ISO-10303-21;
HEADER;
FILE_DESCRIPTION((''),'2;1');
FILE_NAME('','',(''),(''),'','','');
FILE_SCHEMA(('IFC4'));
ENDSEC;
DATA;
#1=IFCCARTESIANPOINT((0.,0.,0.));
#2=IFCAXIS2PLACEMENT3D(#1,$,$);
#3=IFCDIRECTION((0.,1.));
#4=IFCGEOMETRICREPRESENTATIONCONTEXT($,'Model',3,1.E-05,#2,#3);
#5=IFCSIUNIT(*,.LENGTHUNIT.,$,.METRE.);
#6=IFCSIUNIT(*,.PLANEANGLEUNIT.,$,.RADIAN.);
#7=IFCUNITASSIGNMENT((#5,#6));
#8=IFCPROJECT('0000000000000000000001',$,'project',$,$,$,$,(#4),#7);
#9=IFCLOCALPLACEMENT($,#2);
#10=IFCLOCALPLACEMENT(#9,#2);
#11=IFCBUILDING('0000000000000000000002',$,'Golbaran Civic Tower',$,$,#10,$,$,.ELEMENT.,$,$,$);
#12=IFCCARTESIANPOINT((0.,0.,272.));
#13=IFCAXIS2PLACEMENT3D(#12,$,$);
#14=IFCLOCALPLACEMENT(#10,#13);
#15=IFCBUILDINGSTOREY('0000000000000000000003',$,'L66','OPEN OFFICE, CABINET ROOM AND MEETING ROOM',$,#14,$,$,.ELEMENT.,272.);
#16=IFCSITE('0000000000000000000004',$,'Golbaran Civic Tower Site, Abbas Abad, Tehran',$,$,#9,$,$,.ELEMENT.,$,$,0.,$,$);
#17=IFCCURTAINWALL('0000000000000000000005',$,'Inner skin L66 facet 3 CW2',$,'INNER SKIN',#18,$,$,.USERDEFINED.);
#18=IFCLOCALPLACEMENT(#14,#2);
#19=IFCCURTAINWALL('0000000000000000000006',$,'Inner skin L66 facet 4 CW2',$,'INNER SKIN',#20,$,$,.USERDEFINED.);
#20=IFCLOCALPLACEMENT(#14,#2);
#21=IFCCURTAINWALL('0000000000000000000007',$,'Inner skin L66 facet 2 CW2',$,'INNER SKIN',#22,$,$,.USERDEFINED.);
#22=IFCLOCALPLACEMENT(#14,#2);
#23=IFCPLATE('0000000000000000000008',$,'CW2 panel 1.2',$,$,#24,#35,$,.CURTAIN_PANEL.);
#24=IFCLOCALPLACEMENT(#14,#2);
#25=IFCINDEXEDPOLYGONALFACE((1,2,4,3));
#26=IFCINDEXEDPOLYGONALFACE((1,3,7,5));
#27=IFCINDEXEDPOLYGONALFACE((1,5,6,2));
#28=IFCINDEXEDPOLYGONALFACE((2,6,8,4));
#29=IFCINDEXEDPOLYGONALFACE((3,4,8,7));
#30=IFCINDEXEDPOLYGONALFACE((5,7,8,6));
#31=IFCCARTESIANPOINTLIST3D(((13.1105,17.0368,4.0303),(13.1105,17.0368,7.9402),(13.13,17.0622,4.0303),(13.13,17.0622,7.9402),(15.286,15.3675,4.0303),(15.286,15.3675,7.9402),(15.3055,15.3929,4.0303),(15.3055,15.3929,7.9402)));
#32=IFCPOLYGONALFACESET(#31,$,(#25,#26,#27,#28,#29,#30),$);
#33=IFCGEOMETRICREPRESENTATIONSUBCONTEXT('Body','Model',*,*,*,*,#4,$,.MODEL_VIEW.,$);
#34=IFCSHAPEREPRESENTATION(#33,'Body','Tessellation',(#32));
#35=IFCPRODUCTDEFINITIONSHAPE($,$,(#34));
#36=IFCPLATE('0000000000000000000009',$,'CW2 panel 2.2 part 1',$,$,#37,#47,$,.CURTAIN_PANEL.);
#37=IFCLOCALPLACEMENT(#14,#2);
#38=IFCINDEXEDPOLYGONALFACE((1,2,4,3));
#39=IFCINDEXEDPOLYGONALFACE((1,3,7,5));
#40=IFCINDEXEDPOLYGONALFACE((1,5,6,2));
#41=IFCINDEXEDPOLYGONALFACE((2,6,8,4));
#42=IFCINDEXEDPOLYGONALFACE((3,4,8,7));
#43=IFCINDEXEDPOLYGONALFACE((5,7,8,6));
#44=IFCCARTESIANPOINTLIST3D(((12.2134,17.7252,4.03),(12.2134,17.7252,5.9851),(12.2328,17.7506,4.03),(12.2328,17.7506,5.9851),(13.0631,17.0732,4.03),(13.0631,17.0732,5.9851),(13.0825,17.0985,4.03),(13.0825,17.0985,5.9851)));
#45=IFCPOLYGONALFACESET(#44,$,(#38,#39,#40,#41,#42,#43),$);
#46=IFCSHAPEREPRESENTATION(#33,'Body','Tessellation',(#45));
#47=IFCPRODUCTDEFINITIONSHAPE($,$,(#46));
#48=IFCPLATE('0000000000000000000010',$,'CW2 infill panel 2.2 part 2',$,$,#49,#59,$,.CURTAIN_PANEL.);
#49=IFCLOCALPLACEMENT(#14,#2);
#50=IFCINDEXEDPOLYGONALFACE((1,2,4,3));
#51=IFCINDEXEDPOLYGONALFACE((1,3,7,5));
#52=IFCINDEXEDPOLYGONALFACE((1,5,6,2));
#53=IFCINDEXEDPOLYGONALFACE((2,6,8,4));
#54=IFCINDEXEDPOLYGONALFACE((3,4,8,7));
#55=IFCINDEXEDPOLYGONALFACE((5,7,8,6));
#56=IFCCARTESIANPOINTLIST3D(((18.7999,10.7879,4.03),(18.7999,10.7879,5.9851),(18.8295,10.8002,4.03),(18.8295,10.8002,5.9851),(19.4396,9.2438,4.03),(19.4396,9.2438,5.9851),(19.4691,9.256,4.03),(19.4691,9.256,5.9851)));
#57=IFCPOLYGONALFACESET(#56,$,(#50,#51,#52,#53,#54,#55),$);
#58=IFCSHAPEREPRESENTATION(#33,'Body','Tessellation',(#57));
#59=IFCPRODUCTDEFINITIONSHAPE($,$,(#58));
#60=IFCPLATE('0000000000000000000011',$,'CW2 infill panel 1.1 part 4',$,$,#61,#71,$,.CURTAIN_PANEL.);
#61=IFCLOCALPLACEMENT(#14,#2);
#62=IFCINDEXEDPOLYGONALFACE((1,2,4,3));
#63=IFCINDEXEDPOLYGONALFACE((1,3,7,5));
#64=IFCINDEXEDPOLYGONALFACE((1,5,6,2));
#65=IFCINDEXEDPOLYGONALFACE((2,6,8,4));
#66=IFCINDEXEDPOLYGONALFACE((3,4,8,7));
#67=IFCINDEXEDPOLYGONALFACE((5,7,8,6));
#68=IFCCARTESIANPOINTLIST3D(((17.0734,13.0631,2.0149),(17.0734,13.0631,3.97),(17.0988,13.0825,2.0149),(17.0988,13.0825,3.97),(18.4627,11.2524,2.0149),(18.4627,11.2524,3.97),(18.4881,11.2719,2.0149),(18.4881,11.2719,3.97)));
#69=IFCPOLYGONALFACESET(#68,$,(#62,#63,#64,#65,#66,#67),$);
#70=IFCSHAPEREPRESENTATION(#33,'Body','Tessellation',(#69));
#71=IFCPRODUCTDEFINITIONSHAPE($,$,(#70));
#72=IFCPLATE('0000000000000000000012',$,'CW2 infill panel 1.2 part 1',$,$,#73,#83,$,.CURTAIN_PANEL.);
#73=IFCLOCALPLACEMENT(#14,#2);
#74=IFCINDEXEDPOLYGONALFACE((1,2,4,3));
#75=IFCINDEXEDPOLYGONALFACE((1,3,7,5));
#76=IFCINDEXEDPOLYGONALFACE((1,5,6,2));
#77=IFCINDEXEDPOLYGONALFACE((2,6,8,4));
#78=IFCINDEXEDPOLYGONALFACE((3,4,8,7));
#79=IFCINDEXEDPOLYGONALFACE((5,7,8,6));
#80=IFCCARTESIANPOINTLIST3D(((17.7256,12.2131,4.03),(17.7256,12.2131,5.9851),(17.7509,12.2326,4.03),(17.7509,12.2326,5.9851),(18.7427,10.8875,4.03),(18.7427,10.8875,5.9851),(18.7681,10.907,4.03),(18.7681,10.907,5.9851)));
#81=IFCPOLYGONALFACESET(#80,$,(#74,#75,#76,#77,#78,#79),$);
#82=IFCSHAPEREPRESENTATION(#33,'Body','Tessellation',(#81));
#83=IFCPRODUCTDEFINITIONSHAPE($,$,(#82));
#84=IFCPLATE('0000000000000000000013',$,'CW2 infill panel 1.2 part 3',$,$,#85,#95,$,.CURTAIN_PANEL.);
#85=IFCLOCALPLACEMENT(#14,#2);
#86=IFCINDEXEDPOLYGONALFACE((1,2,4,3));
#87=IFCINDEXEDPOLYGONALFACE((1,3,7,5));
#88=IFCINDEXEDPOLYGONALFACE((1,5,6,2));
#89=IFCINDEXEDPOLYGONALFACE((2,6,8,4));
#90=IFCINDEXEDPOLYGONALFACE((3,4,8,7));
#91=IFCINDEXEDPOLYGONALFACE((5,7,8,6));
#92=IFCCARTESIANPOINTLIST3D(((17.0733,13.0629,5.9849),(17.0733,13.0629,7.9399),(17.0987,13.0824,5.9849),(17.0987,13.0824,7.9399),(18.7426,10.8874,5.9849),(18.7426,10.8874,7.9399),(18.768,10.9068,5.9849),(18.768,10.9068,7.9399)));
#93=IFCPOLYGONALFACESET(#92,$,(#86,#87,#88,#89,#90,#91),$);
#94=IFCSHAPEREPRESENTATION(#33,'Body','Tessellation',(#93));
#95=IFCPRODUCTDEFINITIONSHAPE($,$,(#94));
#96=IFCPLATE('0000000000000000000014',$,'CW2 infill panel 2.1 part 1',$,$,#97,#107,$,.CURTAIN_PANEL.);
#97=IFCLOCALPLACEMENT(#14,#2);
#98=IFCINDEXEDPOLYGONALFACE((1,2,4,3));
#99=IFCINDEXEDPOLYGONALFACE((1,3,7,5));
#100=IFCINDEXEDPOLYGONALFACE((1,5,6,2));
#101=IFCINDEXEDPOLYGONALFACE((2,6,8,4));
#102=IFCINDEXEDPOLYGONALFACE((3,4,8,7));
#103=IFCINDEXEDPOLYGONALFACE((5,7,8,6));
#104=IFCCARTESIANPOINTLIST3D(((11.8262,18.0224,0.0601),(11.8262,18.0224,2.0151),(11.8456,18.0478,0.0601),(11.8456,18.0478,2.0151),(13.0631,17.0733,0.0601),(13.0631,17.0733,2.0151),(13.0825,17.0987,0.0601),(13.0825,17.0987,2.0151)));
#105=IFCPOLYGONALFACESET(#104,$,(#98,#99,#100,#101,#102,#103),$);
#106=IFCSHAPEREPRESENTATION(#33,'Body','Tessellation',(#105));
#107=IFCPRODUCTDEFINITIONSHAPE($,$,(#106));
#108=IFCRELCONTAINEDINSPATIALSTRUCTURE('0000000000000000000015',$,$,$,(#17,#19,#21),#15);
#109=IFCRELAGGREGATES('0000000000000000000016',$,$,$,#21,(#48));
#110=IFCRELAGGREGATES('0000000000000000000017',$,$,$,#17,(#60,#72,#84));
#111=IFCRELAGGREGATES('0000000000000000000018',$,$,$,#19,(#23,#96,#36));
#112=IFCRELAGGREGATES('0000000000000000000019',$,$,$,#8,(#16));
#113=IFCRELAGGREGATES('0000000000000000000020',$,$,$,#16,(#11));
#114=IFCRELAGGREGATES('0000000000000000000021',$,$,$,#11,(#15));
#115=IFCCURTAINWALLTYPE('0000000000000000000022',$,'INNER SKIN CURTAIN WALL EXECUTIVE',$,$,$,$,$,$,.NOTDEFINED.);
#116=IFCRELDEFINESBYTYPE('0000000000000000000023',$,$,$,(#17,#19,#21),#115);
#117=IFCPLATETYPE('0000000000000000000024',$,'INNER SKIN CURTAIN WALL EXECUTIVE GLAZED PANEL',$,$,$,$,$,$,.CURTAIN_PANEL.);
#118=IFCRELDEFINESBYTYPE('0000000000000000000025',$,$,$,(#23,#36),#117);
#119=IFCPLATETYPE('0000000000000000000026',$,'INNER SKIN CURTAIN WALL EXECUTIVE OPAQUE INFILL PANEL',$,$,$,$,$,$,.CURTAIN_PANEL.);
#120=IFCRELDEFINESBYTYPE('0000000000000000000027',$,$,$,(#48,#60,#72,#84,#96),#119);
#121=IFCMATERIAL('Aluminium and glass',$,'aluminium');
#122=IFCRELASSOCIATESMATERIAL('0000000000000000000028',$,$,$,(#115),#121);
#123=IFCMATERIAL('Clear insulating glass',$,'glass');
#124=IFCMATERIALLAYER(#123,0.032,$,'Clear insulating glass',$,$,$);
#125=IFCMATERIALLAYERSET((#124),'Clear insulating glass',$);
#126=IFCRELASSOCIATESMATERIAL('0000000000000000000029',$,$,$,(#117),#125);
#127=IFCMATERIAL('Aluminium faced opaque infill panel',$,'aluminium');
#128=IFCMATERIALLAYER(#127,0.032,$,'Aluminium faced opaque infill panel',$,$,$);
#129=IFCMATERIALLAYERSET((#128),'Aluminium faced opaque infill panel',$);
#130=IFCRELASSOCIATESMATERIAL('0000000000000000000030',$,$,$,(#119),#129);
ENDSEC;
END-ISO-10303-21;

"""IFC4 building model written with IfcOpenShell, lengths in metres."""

from ifc_helpers import new_model, si_unit, direction, frame, origin, origin_2d, place, context, subcontext, project, spatial, rectangle, extrude, material, layer, layer_set, type_object, element, aggregate, save


model = new_model("IFC4")

# Units and contexts
model_context = context("Model", 3, precision=1e-05, world=origin(), true_north=direction((0.0, 1.0)))
body_context = subcontext(model_context, "Body", "Model", "MODEL_VIEW")
ifc_project = project(units=[si_unit("LENGTHUNIT", "METRE"), si_unit("PLANEANGLEUNIT", "RADIAN")], contexts=[model_context])

# Site, building, storey
site_placement = place(None, origin())
site = spatial("IfcSite", under=ifc_project, at=site_placement, Name="Golbaran Civic Tower Site, Abbas Abad, Tehran", CompositionType="ELEMENT", RefElevation=0.0)
building_placement = place(site_placement, origin())
building = spatial("IfcBuilding", under=site, at=building_placement, Name="Golbaran Civic Tower", CompositionType="ELEMENT")
storey_placement = place(building_placement, frame((0.0, 0.0, 272.0)))
storey = spatial("IfcBuildingStorey", under=building, at=storey_placement, Name="L66", Description="OPEN OFFICE, CABINET ROOM AND MEETING ROOM", CompositionType="ELEMENT", Elevation=272.0)

# Curtain walls
ifc_material_1 = material(Name="Aluminium and glass", Category="aluminium")
curtain_wall_type = type_object("IfcCurtainWallType", Name="INNER SKIN CURTAIN WALL EXECUTIVE", PredefinedType="NOTDEFINED", material=ifc_material_1)
curtain_wall_1_placement = place(storey_placement, origin())
curtain_wall_1 = element("IfcCurtainWall", 1, at=curtain_wall_1_placement, inside=storey, type_object=curtain_wall_type, Name="Inner skin L66 facet 3 CW2", ObjectType="INNER SKIN", PredefinedType="USERDEFINED")
curtain_wall_2_placement = place(storey_placement, origin())
curtain_wall_2 = element("IfcCurtainWall", 2, at=curtain_wall_2_placement, inside=storey, type_object=curtain_wall_type, Name="Inner skin L66 facet 4 CW2", ObjectType="INNER SKIN", PredefinedType="USERDEFINED")

# Curtain wall
curtain_wall_3_placement = place(storey_placement, origin())
curtain_wall_3 = element("IfcCurtainWall", 3, at=curtain_wall_3_placement, inside=storey, type_object=curtain_wall_type, Name="Inner skin L66 facet 2 CW2", ObjectType="INNER SKIN", PredefinedType="USERDEFINED")
ifc_material_2 = material(Name="Clear insulating glass", Category="glass")
ifc_layer_1 = layer(ifc_material_2, 0.032, Name="Clear insulating glass")
ifc_layer_set_1 = layer_set([ifc_layer_1], Name="Clear insulating glass")
plate_type_1 = type_object("IfcPlateType", Name="INNER SKIN CURTAIN WALL EXECUTIVE GLAZED PANEL", PredefinedType="CURTAIN_PANEL", material=ifc_layer_set_1)

# Plates
plate_1_placement = place(storey_placement, frame((14.208, 16.2148, 4.0303), z_axis=(0.0, 0.0, 1.0), x_axis=(-0.793353, 0.608761, 0.0)))
plate_1 = element("IfcPlate", 4, at=plate_1_placement, type_object=plate_type_1, Name="CW2 panel 1.2", PredefinedType="CURTAIN_PANEL", context=body_context, shape_type="SweptSolid", body=[
    extrude(rectangle(XDim=2.7422, YDim=0.032, at=origin_2d()), origin(), (0.0, 0.0, 1.0), 3.9099),
])
plate_2_placement = place(storey_placement, frame((12.6479, 17.4119, 4.03), z_axis=(0.0, 0.0, 1.0), x_axis=(-0.793353, 0.608761, 0.0)))
plate_2 = element("IfcPlate", 5, at=plate_2_placement, type_object=plate_type_1, Name="CW2 panel 2.2 part 1", PredefinedType="CURTAIN_PANEL", context=body_context, shape_type="SweptSolid", body=[
    extrude(rectangle(XDim=1.071, YDim=0.032, at=origin_2d()), origin(), (0.0, 0.0, 1.0), 1.9551),
])
ifc_material_3 = material(Name="Aluminium faced opaque infill panel", Category="aluminium")
ifc_layer_2 = layer(ifc_material_3, 0.032, Name="Aluminium faced opaque infill panel")
ifc_layer_set_2 = layer_set([ifc_layer_2], Name="Aluminium faced opaque infill panel")
plate_type_2 = type_object("IfcPlateType", Name="INNER SKIN CURTAIN WALL EXECUTIVE OPAQUE INFILL PANEL", PredefinedType="CURTAIN_PANEL", material=ifc_layer_set_2)
plate_3_placement = place(storey_placement, frame((19.1345, 10.022, 4.03), z_axis=(0.0, 0.0, 1.0), x_axis=(-0.382683, 0.92388, 0.0)))
plate_3 = element("IfcPlate", 6, at=plate_3_placement, type_object=plate_type_2, Name="CW2 infill panel 2.2 part 2", PredefinedType="CURTAIN_PANEL", context=body_context, shape_type="SweptSolid", body=[
    extrude(rectangle(XDim=1.6714, YDim=0.032, at=origin_2d()), origin(), (0.0, 0.0, 1.0), 1.9551),
])
aggregate(curtain_wall_3, [plate_3])
plate_4_placement = place(storey_placement, frame((17.7808, 12.1675, 2.0149), z_axis=(0.0, 0.0, 1.0), x_axis=(-0.608761, 0.793353, 0.0)))
plate_4 = element("IfcPlate", 7, at=plate_4_placement, type_object=plate_type_2, Name="CW2 infill panel 1.1 part 4", PredefinedType="CURTAIN_PANEL", context=body_context, shape_type="SweptSolid", body=[
    extrude(rectangle(XDim=2.2822, YDim=0.032, at=origin_2d()), origin(), (0.0, 0.0, 1.0), 1.9551),
])
plate_5_placement = place(storey_placement, frame((18.2468, 11.5601, 4.03), z_axis=(0.0, 0.0, 1.0), x_axis=(-0.608761, 0.793353, 0.0)))
plate_5 = element("IfcPlate", 8, at=plate_5_placement, type_object=plate_type_2, Name="CW2 infill panel 1.2 part 1", PredefinedType="CURTAIN_PANEL", context=body_context, shape_type="SweptSolid", body=[
    extrude(rectangle(XDim=1.6709, YDim=0.032, at=origin_2d()), origin(), (0.0, 0.0, 1.0), 1.9551),
])
plate_6_placement = place(storey_placement, frame((17.9207, 11.9849, 5.9849), z_axis=(0.0, 0.0, 1.0), x_axis=(-0.608761, 0.793353, 0.0)))
plate_6 = element("IfcPlate", 9, at=plate_6_placement, type_object=plate_type_2, Name="CW2 infill panel 1.2 part 3", PredefinedType="CURTAIN_PANEL", context=body_context, shape_type="SweptSolid", body=[
    extrude(rectangle(XDim=2.7422, YDim=0.032, at=origin_2d()), origin(), (0.0, 0.0, 1.0), 1.9551),
])
aggregate(curtain_wall_1, [plate_4, plate_5, plate_6])
plate_7_placement = place(storey_placement, frame((12.4543, 17.5605, 0.0601), z_axis=(0.0, 0.0, 1.0), x_axis=(-0.793353, 0.608761, 0.0)))
plate_7 = element("IfcPlate", 10, at=plate_7_placement, type_object=plate_type_2, Name="CW2 infill panel 2.1 part 1", PredefinedType="CURTAIN_PANEL", context=body_context, shape_type="SweptSolid", body=[
    extrude(rectangle(XDim=1.5591, YDim=0.032, at=origin_2d()), origin(), (0.0, 0.0, 1.0), 1.9551),
])
aggregate(curtain_wall_2, [plate_1, plate_7, plate_2])

save(model, "model.ifc")
